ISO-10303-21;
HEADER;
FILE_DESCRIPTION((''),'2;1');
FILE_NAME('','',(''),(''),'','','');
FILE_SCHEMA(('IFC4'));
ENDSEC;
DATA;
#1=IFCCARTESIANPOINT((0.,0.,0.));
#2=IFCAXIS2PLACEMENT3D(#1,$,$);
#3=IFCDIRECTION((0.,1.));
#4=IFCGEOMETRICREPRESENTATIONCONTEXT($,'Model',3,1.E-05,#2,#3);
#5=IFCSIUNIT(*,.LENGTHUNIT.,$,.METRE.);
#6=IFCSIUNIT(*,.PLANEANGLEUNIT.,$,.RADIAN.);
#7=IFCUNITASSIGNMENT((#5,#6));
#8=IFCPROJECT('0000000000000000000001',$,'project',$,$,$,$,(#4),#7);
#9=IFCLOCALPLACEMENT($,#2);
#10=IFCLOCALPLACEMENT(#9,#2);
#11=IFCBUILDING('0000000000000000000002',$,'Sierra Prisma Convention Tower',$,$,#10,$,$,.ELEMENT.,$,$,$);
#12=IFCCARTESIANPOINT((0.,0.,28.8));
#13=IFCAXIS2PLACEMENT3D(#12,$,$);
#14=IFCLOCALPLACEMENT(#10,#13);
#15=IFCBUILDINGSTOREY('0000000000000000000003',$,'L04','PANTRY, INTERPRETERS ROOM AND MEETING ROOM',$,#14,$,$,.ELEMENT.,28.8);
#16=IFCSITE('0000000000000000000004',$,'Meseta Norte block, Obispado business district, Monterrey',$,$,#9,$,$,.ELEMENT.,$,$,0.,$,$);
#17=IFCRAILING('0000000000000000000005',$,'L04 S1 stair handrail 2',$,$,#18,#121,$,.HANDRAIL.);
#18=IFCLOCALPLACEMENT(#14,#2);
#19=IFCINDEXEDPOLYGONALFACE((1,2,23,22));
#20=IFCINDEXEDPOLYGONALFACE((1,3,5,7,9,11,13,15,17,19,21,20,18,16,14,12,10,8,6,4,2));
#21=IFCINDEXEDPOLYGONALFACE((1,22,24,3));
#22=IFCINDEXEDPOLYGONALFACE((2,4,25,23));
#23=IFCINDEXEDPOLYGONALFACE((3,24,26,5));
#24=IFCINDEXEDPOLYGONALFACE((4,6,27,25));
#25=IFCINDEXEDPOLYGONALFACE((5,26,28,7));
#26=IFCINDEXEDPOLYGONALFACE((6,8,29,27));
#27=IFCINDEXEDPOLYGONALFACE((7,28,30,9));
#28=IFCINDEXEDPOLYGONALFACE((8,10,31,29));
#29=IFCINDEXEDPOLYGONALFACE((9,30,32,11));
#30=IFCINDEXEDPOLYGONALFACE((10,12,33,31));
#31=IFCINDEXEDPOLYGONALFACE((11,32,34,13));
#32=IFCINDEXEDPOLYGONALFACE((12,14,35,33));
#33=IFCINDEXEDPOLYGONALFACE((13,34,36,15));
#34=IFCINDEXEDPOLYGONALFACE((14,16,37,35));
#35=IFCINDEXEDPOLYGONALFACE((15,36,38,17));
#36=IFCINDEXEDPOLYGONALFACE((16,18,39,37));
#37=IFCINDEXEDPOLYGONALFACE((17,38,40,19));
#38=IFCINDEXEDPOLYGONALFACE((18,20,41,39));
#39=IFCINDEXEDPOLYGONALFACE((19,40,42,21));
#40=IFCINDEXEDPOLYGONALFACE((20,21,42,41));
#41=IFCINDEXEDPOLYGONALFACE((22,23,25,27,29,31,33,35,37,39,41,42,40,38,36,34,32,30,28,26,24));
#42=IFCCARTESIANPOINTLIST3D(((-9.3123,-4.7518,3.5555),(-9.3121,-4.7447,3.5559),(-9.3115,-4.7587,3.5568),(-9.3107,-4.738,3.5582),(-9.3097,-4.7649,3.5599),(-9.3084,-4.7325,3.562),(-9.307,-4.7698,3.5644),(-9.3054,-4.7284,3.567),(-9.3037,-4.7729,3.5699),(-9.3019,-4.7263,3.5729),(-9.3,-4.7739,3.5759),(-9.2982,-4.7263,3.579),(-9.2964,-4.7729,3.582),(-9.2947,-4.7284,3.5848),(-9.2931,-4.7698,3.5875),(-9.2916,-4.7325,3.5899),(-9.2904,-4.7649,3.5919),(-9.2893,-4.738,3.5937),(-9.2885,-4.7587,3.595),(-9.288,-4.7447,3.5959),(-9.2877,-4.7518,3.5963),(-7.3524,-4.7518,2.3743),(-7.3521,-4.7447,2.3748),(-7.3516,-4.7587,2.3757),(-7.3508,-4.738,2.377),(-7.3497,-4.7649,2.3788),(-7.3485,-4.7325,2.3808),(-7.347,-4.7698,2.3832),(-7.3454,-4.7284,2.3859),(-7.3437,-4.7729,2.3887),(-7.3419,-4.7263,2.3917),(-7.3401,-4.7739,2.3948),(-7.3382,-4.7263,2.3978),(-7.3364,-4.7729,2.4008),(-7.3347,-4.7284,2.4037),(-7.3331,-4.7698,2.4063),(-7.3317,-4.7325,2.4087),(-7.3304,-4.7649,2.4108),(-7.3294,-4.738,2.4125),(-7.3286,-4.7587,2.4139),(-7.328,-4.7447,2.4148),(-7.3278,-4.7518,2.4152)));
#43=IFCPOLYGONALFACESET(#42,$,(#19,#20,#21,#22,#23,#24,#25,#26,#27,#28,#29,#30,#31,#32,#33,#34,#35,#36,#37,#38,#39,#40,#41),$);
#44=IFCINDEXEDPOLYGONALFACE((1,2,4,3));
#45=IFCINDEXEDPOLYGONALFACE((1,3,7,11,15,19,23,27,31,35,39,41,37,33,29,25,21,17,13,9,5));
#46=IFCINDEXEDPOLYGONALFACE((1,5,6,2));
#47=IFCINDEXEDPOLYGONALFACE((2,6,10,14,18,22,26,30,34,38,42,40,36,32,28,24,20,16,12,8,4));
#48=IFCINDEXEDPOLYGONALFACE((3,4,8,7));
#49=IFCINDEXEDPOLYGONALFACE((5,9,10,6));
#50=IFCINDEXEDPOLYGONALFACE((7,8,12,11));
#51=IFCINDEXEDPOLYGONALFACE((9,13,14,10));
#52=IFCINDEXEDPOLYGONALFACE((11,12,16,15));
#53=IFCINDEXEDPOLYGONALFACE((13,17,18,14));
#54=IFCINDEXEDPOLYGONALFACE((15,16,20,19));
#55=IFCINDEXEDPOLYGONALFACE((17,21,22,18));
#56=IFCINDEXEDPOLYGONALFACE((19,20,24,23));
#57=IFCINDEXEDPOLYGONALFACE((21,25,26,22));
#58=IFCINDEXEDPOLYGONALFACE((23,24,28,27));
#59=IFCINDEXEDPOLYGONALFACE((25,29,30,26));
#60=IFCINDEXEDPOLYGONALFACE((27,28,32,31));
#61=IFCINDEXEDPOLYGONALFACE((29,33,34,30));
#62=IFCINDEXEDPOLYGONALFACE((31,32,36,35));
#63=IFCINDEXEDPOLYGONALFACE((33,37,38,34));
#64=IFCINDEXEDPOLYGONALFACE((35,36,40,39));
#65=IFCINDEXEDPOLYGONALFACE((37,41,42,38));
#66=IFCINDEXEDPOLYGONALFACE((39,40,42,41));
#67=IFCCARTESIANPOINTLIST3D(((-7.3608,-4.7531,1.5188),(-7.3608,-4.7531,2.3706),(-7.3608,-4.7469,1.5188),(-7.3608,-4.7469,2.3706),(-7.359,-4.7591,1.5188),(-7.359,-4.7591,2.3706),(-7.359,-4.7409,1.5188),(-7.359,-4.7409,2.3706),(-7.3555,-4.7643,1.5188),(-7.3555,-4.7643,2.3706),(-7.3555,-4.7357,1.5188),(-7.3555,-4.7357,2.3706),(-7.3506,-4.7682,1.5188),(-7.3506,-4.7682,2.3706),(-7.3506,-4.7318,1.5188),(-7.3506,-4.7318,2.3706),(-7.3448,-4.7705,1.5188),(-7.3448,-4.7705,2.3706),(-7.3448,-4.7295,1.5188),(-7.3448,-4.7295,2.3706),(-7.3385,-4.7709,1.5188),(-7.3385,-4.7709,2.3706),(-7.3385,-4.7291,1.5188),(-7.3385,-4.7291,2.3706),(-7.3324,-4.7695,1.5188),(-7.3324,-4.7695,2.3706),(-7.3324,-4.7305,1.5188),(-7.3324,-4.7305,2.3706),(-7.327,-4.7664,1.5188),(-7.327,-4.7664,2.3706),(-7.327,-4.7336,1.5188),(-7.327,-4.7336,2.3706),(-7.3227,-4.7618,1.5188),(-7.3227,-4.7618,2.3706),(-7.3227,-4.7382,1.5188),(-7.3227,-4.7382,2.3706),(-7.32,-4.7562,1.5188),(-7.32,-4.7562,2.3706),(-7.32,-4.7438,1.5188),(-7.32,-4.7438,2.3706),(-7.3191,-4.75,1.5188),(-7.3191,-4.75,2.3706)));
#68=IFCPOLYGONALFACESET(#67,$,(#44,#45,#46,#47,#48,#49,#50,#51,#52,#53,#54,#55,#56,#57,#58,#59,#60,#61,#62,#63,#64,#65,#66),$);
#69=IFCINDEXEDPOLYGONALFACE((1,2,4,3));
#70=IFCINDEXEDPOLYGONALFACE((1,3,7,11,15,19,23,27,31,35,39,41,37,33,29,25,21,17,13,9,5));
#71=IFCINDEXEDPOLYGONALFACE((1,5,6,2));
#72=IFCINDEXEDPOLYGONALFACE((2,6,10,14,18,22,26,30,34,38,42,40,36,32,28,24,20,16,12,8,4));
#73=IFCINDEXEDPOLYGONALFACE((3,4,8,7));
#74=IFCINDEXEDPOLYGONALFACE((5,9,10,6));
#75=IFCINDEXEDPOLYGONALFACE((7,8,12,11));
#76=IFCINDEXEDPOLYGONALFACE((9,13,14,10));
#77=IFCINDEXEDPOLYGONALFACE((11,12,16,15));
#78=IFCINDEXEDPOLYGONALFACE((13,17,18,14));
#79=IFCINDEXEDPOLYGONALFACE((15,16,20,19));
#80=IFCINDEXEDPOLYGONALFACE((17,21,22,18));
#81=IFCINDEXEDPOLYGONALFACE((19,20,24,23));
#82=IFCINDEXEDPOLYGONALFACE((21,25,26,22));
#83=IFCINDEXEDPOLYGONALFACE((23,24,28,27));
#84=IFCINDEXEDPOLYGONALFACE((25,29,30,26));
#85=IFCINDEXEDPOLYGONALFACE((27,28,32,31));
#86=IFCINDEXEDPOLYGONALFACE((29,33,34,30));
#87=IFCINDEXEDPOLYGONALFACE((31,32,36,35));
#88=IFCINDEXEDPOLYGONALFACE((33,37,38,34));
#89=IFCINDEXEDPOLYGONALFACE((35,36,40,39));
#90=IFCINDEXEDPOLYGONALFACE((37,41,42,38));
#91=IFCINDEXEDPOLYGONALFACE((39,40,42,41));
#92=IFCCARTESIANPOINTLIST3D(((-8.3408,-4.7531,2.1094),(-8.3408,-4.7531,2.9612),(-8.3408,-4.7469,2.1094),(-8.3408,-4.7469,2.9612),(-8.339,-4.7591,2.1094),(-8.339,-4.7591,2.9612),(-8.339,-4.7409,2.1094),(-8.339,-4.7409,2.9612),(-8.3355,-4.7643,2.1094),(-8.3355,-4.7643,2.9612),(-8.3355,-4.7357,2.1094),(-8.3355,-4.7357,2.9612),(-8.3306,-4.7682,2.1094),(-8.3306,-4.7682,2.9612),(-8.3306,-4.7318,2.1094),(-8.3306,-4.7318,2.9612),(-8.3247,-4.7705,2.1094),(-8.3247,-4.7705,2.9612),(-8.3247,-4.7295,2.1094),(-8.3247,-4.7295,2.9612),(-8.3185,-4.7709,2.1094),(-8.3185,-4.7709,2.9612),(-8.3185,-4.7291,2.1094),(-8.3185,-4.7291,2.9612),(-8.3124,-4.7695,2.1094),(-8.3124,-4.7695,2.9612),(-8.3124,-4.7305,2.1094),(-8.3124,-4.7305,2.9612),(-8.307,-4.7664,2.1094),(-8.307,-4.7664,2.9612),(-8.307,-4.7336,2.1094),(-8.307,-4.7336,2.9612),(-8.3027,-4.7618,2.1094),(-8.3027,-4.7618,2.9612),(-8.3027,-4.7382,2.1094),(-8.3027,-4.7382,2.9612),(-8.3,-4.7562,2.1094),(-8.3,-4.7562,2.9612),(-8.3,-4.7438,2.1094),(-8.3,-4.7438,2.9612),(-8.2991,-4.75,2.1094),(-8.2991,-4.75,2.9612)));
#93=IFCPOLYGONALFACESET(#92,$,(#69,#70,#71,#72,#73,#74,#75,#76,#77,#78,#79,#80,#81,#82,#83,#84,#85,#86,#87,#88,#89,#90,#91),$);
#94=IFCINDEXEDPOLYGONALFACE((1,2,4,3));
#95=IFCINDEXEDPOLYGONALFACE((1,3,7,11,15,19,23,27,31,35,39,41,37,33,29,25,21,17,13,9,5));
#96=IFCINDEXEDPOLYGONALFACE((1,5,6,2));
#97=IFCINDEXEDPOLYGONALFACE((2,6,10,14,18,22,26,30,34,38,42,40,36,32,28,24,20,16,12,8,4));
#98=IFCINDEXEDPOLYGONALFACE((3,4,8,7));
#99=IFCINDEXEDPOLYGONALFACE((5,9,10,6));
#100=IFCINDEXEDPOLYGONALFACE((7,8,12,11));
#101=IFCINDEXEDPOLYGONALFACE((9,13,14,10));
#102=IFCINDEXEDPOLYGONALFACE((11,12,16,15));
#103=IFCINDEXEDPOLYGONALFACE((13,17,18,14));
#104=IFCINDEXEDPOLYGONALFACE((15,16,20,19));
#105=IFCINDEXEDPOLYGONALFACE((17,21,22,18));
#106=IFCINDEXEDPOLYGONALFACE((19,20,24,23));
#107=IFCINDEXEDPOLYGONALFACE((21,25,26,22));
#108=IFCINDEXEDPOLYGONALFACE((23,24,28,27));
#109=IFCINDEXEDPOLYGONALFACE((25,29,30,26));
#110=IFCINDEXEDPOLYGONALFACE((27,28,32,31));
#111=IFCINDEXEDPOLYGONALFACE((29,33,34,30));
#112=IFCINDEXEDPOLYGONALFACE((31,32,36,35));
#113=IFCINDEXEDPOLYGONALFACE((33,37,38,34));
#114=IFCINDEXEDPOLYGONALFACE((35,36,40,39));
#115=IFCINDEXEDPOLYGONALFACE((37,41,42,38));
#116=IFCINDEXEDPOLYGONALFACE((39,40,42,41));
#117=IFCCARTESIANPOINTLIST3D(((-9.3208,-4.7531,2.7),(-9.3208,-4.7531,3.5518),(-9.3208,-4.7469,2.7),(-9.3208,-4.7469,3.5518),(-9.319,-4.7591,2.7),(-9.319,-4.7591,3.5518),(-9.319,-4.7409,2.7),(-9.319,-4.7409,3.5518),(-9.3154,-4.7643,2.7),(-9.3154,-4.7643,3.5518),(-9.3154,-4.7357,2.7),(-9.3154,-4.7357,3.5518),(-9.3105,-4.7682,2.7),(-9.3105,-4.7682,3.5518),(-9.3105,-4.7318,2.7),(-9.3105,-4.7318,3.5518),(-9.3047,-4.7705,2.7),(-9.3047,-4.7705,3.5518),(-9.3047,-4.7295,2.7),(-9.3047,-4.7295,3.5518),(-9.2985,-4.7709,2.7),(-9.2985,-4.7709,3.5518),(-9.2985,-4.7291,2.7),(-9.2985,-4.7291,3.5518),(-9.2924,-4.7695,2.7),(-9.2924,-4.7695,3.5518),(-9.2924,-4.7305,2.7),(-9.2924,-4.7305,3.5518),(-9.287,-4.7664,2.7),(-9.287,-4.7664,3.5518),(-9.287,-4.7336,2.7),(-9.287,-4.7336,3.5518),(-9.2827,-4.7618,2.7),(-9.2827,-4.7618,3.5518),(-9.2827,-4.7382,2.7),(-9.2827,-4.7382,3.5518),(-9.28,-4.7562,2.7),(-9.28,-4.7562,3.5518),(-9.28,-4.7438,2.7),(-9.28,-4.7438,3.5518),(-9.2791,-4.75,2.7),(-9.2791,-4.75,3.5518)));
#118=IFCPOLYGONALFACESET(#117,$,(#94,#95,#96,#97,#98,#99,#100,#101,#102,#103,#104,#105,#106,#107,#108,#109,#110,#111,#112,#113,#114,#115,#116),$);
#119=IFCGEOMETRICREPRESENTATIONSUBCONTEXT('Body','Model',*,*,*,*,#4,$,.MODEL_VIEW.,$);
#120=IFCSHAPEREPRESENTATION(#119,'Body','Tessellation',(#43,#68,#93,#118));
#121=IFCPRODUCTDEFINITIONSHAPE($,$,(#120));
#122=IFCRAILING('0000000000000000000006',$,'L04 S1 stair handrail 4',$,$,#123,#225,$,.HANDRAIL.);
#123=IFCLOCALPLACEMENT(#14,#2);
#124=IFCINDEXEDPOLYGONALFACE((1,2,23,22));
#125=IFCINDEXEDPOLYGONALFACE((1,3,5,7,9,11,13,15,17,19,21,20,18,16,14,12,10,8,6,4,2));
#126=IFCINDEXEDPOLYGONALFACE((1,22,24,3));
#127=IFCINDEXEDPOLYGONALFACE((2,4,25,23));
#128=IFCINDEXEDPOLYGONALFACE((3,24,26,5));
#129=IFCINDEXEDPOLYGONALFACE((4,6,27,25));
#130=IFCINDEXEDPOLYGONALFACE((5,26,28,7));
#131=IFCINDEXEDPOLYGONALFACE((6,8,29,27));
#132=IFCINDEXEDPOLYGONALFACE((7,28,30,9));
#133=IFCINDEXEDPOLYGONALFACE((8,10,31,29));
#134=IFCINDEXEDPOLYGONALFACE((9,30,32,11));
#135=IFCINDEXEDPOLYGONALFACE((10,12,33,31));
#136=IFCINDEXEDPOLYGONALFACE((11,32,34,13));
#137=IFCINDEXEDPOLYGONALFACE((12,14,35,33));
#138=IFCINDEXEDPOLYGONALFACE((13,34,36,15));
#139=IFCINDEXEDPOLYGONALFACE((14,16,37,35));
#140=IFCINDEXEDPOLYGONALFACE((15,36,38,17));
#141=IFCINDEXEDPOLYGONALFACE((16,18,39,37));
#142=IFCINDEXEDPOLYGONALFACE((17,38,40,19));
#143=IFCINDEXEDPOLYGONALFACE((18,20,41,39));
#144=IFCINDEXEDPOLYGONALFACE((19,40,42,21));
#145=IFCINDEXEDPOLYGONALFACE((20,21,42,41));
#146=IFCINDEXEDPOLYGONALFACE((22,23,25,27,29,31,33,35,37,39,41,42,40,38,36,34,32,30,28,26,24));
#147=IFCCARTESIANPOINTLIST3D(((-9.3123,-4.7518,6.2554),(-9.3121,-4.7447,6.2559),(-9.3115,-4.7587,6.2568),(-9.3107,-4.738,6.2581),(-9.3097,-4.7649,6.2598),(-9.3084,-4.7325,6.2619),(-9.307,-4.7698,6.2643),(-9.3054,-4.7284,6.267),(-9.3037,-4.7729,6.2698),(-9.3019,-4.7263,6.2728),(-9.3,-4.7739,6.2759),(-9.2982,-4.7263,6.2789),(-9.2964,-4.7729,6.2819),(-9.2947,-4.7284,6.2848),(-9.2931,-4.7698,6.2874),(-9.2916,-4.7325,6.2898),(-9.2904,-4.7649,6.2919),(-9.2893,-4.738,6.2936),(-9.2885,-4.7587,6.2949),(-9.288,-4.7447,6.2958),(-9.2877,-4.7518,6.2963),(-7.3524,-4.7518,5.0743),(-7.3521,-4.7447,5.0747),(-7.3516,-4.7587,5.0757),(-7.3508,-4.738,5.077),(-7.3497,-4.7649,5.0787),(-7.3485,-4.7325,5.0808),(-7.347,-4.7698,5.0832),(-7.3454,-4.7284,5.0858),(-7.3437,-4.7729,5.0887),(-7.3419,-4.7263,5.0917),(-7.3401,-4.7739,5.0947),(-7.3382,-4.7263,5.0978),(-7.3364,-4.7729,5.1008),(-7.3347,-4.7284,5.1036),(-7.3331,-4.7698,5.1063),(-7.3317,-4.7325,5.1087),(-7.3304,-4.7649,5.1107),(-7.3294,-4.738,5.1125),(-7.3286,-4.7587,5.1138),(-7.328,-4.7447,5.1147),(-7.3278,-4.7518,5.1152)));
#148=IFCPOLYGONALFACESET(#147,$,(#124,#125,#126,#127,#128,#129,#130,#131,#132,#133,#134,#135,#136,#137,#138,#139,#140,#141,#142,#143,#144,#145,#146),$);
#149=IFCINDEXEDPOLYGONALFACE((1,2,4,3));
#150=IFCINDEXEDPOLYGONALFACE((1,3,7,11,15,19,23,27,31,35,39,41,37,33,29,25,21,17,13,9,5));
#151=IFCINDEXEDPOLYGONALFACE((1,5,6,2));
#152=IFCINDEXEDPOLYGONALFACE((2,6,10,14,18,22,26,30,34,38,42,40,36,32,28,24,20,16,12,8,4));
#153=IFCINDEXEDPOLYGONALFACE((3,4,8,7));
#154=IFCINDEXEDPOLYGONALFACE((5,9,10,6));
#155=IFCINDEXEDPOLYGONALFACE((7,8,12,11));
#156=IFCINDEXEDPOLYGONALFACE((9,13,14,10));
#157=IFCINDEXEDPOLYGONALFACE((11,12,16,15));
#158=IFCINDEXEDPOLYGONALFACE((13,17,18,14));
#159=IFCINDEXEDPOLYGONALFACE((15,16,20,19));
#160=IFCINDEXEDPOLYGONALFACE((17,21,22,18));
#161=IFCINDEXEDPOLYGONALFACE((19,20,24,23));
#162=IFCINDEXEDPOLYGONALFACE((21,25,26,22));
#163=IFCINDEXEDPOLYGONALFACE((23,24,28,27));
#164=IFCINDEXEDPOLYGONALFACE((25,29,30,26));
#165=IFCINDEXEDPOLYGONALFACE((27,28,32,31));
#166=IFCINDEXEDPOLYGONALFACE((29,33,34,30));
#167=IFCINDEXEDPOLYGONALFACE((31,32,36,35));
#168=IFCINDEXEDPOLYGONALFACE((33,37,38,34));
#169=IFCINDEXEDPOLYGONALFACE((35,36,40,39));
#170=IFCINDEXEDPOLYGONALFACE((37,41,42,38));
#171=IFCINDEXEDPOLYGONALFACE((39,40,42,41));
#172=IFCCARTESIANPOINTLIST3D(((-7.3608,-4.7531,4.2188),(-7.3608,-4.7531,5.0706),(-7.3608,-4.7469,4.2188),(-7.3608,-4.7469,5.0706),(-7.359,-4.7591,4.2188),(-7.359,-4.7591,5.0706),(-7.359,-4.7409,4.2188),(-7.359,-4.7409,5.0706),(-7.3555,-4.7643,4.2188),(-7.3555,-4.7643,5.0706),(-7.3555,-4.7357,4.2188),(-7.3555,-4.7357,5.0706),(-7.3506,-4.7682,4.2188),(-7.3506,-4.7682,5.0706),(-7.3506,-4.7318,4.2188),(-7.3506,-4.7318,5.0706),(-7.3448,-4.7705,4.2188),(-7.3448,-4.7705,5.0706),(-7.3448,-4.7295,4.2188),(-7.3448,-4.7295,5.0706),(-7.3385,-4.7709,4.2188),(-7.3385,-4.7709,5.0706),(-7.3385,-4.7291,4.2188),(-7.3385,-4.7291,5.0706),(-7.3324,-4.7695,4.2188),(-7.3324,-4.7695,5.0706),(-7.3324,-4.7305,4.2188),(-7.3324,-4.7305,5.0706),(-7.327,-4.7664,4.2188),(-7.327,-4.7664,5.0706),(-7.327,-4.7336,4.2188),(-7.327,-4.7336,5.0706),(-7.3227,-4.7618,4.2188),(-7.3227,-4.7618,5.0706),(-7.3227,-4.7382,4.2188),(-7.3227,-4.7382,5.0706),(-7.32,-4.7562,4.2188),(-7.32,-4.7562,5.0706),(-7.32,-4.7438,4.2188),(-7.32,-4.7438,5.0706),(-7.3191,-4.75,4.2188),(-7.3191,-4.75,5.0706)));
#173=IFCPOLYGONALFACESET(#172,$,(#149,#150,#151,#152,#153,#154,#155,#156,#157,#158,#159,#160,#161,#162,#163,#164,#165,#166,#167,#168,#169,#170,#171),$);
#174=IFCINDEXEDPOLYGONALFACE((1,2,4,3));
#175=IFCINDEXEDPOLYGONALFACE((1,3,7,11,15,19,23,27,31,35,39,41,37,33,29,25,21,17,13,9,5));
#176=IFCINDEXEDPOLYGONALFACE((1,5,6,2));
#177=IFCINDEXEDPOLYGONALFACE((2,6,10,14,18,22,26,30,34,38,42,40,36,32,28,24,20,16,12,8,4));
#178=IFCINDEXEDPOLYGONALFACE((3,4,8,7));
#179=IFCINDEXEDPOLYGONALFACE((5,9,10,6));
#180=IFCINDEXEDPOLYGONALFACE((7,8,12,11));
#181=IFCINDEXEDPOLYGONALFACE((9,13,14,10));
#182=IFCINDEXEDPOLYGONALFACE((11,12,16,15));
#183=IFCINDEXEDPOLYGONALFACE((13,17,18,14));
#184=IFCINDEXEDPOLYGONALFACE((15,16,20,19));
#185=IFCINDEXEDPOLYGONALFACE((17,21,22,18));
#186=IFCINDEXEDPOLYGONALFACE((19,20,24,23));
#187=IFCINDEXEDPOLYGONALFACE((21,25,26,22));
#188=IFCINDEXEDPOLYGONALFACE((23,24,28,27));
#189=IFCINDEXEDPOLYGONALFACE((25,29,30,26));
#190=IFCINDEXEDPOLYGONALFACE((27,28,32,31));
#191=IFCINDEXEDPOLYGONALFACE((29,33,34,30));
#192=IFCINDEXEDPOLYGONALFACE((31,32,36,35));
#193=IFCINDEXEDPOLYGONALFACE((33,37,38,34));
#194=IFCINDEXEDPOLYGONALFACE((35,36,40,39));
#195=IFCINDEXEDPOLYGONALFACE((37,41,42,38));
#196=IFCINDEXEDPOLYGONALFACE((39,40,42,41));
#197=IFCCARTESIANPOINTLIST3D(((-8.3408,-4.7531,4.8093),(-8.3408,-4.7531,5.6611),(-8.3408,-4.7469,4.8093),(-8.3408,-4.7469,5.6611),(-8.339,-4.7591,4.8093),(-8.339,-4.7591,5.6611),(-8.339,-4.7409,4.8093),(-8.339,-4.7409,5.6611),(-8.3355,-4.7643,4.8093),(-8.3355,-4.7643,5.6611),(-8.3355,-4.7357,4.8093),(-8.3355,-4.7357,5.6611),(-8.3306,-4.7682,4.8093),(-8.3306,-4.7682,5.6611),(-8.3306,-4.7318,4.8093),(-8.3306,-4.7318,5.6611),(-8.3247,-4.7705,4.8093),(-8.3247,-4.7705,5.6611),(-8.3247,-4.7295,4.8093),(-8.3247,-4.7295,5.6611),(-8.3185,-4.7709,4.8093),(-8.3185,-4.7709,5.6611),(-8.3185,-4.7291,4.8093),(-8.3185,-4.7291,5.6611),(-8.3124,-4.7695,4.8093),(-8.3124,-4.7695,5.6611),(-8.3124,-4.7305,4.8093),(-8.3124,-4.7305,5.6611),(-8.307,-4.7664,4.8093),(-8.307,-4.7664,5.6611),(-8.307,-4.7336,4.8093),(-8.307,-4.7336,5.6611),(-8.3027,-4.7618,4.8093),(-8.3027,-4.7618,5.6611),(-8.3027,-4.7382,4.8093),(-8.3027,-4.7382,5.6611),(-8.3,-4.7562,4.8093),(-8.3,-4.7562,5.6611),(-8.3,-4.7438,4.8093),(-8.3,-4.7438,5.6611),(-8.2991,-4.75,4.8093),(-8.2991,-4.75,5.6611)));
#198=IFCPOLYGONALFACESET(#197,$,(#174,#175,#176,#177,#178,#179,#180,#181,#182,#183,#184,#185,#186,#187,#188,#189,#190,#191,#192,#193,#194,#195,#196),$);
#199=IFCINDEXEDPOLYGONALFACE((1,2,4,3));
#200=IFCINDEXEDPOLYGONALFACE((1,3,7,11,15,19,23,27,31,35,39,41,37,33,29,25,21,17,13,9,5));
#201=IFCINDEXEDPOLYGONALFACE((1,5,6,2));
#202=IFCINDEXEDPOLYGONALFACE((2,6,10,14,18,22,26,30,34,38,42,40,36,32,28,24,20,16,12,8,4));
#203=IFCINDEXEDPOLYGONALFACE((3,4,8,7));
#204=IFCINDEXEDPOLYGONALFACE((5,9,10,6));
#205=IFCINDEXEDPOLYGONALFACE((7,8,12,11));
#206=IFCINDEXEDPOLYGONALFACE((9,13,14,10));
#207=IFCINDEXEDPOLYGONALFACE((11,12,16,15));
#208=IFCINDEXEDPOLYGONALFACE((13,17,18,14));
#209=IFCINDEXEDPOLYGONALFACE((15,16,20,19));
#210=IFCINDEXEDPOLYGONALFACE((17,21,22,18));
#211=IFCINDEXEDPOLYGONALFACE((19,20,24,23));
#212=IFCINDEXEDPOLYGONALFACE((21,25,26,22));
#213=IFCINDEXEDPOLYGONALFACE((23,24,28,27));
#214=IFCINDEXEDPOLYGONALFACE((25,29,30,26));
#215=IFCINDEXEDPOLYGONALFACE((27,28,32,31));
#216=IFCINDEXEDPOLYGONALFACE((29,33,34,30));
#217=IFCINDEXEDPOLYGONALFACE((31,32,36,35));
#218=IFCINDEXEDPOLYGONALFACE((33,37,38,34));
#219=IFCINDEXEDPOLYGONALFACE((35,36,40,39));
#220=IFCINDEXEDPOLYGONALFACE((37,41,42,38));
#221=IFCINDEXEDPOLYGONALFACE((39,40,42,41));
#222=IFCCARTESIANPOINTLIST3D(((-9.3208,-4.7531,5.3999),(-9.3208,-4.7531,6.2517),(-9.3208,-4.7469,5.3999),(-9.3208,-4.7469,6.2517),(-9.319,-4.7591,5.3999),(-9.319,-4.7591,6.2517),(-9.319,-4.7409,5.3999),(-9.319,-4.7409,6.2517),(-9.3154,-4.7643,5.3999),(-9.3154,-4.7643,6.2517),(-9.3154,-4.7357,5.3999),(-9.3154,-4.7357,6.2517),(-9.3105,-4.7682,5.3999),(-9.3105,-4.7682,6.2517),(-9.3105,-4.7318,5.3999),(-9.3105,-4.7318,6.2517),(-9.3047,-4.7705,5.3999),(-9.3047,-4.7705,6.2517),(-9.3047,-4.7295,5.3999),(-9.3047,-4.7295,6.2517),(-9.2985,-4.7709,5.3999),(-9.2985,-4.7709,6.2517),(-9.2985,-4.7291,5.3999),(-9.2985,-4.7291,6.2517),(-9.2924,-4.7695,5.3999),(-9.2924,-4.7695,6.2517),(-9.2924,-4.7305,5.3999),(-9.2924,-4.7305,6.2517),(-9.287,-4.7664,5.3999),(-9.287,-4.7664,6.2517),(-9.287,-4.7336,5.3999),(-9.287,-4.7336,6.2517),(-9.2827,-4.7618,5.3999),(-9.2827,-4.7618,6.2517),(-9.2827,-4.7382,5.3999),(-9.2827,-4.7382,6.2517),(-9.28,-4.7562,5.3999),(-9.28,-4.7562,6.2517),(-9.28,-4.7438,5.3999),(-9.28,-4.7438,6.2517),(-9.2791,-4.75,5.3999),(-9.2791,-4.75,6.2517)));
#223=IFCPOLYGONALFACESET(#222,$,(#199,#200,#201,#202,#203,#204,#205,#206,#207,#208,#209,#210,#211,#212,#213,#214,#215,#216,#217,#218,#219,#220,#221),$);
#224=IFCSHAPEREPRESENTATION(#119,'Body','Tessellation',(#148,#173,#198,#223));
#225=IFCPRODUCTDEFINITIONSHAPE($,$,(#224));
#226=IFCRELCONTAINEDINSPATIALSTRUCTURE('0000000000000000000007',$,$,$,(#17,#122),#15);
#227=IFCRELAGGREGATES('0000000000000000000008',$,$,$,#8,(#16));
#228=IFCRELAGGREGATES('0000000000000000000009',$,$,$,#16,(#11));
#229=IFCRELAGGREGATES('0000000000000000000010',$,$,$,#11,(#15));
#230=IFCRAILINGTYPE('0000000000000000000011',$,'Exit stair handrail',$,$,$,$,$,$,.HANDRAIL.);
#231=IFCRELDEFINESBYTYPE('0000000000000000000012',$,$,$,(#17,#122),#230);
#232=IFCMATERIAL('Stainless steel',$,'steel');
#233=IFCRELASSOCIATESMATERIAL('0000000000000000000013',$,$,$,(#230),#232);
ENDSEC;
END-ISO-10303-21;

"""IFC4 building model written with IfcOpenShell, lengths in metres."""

from ifc_helpers import new_model, si_unit, direction, frame, origin, origin_2d, place, context, subcontext, project, spatial, circle, extrude, material, type_object, element, save


model = new_model("IFC4")

# Units and contexts
model_context = context("Model", 3, precision=1e-05, world=origin(), true_north=direction((0.0, 1.0)))
body_context = subcontext(model_context, "Body", "Model", "MODEL_VIEW")
ifc_project = project(units=[si_unit("LENGTHUNIT", "METRE"), si_unit("PLANEANGLEUNIT", "RADIAN")], contexts=[model_context])

# Site, building, storey
site_placement = place(None, origin())
site = spatial("IfcSite", under=ifc_project, at=site_placement, Name="Meseta Norte block, Obispado business district, Monterrey", CompositionType="ELEMENT", RefElevation=0.0)
building_placement = place(site_placement, origin())
building = spatial("IfcBuilding", under=site, at=building_placement, Name="Sierra Prisma Convention Tower", CompositionType="ELEMENT")
storey_placement = place(building_placement, frame((0.0, 0.0, 28.8)))
storey = spatial("IfcBuildingStorey", under=building, at=storey_placement, Name="L04", Description="PANTRY, INTERPRETERS ROOM AND MEETING ROOM", CompositionType="ELEMENT", Elevation=28.8)

# Railings
ifc_material_1 = material(Name="Stainless steel", Category="steel")
railing_type_1 = type_object("IfcRailingType", Name="Exit stair handrail", PredefinedType="HANDRAIL", material=ifc_material_1)
for number, where, name in (
    (1, (-7.3401, -4.75, 1.5188), "L04 S1 stair handrail 2"),
    (2, (-7.3401, -4.75, 4.2188), "L04 S1 stair handrail 4"),
):
    element("IfcRailing", number, at=place(storey_placement, frame(where)), inside=storey, type_object=railing_type_1, Name=name, PredefinedType="HANDRAIL", context=body_context, shape_type="SweptSolid", body=[
        extrude(circle(Radius=0.0239, at=origin_2d()), frame((0.0, 0.0, 0.876), z_axis=(-0.856493, 0.0, 0.516158), x_axis=(0.0, -1.0, 0.0)), (0.0, 0.0, 1.0), 2.2883),
        extrude(circle(Radius=0.021, at=origin_2d()), origin(), (0.0, 0.0, 1.0), 0.8518),
        extrude(circle(Radius=0.021, at=origin_2d()), frame((-0.98, 0.0, 0.5906)), (0.0, 0.0, 1.0), 0.8518),
        extrude(circle(Radius=0.021, at=origin_2d()), frame((-1.96, 0.0, 1.1812)), (0.0, 0.0, 1.0), 0.8518),
    ])

save(model, "model.ifc")
